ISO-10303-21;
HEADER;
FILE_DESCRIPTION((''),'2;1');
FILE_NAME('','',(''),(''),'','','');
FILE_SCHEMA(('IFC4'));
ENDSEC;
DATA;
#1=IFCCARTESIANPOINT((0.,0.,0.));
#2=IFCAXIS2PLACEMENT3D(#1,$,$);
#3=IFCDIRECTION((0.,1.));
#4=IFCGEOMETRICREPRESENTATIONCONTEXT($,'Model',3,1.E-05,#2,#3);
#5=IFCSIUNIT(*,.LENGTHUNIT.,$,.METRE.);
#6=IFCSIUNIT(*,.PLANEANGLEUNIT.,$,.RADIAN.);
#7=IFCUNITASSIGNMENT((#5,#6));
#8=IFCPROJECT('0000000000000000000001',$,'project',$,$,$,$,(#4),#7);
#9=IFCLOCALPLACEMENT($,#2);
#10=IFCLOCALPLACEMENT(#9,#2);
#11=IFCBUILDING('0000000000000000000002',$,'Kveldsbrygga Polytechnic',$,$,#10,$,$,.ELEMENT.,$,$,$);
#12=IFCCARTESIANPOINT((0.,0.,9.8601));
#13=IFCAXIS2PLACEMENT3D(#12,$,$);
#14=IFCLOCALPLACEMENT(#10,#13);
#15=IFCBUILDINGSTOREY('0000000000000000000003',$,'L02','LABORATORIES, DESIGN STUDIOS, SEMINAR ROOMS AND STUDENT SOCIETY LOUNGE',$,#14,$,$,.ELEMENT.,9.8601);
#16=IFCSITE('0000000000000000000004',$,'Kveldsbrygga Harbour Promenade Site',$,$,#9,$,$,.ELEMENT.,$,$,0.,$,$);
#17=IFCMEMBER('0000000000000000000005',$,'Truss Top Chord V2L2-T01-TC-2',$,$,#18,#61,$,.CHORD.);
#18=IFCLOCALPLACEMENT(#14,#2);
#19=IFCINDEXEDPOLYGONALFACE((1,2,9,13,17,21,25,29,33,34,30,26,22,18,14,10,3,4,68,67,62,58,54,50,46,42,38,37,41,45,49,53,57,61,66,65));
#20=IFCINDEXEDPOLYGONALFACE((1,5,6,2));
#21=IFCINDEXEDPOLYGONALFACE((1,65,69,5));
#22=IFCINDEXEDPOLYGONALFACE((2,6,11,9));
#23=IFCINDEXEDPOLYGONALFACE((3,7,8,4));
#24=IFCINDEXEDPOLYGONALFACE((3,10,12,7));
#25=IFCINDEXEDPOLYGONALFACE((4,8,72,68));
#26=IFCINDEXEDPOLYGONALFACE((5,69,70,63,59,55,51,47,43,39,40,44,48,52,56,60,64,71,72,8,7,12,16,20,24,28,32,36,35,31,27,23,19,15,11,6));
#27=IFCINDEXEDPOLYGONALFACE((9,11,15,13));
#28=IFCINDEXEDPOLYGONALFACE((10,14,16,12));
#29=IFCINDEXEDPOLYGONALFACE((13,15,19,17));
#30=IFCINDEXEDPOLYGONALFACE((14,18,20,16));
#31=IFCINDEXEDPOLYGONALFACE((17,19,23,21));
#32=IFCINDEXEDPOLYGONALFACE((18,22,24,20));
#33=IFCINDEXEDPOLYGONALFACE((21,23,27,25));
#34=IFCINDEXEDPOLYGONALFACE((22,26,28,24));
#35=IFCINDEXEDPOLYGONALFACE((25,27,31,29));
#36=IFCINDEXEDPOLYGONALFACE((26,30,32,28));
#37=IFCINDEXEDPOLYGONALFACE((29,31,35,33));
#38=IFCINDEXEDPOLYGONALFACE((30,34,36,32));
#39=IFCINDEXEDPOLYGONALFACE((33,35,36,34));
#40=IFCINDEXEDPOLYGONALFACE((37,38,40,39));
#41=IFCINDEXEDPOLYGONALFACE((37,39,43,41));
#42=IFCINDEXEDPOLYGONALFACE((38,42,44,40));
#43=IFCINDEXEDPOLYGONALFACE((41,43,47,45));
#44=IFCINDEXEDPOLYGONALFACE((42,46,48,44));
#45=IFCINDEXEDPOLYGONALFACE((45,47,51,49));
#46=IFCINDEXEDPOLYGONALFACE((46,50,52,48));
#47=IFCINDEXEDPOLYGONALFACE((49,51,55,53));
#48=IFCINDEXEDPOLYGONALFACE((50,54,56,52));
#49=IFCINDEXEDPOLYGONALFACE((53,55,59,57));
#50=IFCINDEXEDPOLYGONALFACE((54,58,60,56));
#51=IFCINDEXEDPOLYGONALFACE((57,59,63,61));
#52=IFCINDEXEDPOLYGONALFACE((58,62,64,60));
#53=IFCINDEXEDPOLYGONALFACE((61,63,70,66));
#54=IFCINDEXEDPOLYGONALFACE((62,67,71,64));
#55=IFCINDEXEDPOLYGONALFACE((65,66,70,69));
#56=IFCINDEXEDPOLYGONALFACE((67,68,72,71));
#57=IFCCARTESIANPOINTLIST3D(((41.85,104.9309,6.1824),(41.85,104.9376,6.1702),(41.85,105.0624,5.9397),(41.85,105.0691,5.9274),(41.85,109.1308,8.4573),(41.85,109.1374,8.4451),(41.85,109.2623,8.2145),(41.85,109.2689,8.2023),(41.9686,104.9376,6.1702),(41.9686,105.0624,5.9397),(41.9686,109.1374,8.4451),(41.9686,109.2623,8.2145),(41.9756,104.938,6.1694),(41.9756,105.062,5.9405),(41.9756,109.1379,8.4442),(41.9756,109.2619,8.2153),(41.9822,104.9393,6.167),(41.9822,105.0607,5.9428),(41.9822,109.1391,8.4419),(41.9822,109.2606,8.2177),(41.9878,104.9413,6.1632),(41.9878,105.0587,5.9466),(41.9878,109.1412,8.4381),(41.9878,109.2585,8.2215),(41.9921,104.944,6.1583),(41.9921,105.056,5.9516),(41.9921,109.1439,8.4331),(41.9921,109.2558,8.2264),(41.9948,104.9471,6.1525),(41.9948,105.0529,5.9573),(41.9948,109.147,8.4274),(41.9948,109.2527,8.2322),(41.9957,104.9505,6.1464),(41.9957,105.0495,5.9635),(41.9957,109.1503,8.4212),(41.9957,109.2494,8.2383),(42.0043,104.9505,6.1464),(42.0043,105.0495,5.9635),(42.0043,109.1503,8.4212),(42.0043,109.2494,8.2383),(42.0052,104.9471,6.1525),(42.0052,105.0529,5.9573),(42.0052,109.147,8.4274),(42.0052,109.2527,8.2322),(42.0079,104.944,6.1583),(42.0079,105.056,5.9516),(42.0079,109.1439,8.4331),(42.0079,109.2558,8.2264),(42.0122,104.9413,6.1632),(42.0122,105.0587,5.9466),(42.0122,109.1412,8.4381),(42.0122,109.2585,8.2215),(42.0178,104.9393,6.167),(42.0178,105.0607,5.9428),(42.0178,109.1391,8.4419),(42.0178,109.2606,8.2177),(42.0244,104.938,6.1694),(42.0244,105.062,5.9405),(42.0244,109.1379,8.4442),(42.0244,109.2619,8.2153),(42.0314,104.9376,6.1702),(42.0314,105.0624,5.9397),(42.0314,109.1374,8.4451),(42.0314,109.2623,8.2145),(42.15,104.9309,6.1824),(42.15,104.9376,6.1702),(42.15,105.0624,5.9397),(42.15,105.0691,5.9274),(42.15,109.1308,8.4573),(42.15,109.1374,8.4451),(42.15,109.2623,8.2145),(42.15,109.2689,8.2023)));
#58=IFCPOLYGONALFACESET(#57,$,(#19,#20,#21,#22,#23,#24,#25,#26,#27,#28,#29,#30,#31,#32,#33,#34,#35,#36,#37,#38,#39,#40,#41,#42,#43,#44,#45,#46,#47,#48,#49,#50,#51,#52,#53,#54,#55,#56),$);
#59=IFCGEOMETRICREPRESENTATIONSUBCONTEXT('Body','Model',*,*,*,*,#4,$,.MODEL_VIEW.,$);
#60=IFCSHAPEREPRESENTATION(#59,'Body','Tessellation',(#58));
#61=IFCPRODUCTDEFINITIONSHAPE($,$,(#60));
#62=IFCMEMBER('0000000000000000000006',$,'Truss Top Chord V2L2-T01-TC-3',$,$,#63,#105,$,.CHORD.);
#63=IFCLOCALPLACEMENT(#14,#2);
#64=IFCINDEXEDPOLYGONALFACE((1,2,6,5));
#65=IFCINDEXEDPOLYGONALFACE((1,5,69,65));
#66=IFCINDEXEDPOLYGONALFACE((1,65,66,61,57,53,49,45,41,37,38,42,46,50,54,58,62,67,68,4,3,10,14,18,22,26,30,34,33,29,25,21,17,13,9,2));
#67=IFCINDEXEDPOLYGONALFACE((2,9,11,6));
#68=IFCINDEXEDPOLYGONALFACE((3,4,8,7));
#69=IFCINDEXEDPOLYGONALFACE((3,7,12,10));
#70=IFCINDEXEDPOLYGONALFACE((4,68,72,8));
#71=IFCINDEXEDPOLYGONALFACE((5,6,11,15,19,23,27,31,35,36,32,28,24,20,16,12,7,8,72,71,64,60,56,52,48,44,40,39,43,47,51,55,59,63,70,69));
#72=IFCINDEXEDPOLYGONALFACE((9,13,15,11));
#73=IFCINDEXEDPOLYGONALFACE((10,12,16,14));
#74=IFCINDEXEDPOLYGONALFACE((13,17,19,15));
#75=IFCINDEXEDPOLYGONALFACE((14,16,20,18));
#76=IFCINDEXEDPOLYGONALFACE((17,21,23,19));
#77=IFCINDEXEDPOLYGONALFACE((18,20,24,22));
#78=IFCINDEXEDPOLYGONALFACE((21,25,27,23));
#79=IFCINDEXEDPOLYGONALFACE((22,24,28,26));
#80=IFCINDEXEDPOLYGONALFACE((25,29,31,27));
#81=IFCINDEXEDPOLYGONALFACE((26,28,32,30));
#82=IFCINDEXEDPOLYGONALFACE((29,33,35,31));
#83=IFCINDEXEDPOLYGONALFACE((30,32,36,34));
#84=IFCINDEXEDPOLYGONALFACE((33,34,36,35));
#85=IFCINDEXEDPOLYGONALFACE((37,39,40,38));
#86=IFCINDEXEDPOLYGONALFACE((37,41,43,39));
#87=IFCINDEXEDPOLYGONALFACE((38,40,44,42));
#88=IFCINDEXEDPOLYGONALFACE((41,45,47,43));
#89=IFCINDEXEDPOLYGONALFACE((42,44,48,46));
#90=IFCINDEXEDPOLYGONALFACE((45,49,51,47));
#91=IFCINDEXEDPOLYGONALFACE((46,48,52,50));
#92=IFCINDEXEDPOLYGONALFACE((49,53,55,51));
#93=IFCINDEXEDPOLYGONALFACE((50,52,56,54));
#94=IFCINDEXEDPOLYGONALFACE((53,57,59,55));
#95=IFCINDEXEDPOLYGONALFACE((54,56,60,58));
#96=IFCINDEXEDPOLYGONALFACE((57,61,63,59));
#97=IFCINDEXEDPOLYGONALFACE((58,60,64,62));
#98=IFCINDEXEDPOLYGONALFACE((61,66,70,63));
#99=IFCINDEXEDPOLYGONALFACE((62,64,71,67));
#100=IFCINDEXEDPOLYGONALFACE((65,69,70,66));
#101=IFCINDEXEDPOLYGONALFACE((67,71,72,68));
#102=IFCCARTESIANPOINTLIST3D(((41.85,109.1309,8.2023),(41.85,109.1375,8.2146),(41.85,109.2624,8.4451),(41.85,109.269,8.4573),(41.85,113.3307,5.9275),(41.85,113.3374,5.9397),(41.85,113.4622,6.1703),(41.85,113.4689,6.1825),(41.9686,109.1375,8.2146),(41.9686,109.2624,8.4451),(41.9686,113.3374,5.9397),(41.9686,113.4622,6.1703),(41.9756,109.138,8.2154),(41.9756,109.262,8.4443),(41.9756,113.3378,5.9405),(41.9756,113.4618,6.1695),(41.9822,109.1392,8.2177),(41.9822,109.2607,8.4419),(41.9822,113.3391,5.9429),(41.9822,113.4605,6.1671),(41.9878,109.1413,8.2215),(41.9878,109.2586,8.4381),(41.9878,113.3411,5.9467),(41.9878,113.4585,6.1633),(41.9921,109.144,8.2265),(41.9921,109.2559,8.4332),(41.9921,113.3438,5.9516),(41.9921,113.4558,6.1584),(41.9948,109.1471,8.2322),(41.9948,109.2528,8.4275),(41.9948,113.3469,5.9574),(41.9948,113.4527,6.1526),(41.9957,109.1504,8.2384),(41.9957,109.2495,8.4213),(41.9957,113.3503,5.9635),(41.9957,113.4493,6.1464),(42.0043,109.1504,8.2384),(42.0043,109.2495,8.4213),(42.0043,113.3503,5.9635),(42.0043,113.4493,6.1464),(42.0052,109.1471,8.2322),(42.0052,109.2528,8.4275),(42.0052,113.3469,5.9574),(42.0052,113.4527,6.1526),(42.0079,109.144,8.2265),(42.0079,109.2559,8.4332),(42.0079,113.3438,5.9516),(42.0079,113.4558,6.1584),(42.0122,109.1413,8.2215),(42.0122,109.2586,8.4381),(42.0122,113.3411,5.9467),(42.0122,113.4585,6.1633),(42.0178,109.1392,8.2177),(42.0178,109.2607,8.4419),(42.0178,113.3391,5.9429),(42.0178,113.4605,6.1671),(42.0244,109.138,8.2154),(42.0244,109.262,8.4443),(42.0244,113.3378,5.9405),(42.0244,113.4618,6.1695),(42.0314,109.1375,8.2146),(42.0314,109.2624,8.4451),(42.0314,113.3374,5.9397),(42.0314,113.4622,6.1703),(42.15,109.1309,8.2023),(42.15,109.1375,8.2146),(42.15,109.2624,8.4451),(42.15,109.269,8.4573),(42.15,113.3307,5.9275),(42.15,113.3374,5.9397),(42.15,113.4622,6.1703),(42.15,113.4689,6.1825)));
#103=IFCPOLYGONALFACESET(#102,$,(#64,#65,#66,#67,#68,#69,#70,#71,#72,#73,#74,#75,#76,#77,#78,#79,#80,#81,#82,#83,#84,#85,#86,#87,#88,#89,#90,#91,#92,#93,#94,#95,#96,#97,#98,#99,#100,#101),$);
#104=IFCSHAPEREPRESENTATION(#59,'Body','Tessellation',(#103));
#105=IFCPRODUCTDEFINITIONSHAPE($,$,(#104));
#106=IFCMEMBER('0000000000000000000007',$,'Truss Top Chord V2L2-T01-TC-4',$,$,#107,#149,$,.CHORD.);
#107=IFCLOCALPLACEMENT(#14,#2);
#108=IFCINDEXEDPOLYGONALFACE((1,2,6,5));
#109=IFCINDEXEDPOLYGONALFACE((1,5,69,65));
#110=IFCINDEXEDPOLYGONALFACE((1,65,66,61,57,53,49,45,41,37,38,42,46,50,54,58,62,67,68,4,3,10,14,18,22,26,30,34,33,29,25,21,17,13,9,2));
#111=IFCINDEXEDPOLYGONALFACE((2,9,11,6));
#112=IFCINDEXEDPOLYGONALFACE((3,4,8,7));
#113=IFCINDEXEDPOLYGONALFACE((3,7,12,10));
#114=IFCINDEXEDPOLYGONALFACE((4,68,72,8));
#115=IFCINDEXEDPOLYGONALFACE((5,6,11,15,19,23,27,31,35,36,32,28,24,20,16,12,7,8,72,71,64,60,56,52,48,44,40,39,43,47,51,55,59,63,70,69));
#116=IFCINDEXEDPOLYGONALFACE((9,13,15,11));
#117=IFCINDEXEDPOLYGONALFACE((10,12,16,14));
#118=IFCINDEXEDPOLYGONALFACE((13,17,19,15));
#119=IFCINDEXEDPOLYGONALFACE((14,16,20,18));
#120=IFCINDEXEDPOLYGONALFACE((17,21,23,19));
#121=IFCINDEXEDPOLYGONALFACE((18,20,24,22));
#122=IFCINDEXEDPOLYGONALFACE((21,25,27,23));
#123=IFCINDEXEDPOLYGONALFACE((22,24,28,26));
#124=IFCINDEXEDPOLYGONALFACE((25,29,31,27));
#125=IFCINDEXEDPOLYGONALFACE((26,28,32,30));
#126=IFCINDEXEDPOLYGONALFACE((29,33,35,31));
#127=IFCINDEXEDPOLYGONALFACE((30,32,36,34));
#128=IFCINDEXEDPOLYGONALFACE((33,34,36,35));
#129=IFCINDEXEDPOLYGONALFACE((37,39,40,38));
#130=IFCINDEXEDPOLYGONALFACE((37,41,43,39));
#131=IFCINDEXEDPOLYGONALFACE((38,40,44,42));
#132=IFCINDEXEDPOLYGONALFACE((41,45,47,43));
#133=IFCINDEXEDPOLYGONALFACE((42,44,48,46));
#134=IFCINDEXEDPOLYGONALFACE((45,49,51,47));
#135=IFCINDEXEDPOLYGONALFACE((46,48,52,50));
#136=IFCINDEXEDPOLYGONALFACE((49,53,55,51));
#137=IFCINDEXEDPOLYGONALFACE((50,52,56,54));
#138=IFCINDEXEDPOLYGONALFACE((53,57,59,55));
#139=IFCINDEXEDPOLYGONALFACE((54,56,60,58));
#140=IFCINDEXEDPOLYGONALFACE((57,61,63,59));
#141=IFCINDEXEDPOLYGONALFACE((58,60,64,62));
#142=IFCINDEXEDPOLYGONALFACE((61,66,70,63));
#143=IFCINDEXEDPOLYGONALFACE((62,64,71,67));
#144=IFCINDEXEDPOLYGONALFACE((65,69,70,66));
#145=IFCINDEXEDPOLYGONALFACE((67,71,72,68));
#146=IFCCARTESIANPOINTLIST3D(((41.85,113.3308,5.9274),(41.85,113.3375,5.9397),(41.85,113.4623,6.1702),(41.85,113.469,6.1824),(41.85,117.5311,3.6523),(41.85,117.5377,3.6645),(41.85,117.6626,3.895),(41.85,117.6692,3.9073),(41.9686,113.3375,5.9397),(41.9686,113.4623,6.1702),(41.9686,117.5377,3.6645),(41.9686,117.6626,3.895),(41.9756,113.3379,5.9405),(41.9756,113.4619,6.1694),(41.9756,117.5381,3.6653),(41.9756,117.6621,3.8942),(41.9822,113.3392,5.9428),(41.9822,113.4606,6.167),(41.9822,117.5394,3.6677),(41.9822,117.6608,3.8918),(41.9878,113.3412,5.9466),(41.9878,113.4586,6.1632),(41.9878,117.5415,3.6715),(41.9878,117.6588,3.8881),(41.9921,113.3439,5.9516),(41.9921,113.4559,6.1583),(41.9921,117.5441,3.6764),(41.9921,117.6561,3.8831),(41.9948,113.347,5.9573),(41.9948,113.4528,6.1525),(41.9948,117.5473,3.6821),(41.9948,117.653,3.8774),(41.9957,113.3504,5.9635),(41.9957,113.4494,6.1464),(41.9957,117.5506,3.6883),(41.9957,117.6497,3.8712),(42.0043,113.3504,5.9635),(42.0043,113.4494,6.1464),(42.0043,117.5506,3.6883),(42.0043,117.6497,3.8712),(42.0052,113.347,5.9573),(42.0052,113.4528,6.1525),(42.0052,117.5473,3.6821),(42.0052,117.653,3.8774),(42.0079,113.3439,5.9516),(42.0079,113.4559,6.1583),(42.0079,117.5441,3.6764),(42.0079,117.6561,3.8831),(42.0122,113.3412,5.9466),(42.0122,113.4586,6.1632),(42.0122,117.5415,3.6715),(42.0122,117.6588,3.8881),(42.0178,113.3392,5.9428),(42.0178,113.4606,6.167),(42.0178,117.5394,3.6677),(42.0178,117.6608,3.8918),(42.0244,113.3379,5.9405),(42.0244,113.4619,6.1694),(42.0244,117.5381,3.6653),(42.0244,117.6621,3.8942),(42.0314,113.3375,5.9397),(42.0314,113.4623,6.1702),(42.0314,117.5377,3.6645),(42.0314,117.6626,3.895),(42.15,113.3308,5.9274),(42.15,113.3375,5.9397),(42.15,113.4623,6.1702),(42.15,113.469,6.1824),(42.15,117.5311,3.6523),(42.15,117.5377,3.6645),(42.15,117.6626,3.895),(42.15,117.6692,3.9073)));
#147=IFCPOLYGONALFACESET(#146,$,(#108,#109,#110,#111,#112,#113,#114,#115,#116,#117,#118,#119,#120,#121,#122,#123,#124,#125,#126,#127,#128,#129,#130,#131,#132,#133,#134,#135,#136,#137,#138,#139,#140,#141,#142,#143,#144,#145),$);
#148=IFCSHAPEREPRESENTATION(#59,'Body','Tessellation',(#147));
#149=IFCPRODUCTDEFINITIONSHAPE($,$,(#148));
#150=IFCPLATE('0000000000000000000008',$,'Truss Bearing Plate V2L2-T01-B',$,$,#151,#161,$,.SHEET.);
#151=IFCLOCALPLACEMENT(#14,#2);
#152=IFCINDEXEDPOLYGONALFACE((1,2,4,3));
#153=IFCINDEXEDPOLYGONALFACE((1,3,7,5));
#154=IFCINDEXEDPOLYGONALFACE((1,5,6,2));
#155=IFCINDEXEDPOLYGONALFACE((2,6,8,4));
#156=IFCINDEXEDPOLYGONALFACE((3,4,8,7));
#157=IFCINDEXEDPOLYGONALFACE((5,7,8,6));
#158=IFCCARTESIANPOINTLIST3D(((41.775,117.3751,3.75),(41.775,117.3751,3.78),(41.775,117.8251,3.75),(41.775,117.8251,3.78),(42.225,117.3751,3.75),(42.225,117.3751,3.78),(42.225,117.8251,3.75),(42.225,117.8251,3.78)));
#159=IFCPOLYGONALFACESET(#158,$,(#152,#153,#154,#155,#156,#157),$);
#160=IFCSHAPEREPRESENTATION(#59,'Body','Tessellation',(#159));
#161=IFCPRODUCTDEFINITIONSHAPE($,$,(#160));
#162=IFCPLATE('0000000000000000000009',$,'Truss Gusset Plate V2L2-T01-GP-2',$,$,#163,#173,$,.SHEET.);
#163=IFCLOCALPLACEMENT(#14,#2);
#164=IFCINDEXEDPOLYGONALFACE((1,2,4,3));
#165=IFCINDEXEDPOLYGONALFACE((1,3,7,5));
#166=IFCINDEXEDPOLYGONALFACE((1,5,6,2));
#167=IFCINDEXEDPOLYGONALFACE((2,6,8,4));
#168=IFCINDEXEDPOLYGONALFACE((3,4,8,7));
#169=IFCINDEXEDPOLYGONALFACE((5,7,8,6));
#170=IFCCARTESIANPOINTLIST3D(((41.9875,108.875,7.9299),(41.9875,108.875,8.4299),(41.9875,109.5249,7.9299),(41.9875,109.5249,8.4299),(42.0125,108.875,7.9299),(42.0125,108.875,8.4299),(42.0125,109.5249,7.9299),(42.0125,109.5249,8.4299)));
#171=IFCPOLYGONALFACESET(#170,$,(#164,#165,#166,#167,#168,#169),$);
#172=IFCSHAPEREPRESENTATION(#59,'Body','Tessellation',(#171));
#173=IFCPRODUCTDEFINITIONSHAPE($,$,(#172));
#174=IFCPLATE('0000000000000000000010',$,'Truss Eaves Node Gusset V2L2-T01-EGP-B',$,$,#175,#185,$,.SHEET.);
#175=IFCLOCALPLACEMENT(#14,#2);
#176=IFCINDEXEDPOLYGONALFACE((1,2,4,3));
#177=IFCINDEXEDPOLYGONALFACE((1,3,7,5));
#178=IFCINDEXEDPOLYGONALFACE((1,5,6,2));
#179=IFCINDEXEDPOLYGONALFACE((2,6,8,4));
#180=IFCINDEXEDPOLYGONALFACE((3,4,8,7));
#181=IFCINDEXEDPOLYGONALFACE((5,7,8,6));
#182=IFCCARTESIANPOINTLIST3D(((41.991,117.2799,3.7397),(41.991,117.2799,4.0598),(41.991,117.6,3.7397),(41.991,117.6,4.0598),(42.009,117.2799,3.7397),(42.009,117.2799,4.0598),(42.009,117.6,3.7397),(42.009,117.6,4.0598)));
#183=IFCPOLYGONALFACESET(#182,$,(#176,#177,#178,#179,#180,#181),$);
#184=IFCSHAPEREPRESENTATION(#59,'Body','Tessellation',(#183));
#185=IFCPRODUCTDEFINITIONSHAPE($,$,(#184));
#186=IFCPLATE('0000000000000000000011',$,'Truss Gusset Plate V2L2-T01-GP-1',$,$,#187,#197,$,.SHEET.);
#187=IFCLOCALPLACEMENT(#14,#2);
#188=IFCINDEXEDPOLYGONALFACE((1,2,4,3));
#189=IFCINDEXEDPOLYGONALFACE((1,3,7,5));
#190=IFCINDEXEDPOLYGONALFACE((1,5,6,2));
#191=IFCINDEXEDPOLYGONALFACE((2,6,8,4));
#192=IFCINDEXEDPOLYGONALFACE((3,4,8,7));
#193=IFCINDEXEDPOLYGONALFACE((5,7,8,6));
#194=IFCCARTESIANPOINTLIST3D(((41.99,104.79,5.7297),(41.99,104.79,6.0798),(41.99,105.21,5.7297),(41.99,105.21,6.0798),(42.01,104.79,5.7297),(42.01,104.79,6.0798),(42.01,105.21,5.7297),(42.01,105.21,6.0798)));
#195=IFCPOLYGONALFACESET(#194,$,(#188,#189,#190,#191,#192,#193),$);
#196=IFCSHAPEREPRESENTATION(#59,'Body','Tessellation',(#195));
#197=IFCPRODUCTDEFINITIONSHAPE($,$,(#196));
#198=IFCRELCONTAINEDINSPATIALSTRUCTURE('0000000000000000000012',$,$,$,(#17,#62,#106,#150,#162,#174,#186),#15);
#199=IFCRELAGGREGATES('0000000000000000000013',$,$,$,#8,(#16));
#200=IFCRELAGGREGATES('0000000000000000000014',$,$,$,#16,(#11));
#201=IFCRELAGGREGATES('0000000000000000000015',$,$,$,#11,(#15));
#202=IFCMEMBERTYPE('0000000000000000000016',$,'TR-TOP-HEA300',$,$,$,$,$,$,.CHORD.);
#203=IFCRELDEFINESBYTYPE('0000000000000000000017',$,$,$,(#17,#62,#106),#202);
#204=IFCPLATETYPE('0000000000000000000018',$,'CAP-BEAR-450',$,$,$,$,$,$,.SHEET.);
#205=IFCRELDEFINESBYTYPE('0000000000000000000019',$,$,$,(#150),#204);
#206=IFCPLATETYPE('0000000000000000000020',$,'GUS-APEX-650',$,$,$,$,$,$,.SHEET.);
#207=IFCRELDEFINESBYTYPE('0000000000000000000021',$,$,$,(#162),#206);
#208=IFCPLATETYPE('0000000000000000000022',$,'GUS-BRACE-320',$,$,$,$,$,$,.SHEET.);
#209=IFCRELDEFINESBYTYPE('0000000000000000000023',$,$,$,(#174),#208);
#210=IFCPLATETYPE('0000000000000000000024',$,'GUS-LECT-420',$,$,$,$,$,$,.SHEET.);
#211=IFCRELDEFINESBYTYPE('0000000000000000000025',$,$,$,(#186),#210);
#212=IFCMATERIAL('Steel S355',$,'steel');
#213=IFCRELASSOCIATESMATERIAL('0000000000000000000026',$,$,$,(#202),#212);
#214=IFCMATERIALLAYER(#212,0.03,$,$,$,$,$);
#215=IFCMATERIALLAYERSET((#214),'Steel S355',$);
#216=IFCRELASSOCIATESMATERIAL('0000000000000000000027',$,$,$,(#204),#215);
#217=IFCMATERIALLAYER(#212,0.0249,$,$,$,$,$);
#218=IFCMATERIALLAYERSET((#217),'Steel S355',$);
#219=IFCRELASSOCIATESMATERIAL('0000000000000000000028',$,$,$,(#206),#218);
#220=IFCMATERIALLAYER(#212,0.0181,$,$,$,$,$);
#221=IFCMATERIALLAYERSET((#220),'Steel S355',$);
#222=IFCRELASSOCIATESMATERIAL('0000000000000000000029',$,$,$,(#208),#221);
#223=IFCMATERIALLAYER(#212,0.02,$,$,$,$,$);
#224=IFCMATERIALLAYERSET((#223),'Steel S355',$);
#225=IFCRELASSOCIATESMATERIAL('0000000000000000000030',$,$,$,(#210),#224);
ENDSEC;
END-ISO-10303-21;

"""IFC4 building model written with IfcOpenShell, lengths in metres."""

from ifc_helpers import new_model, si_unit, direction, frame, origin, origin_2d, place, context, subcontext, project, spatial, rectangle, i_section, extrude, material, layer, layer_set, material_profile, profile_set, type_object, element, save


model = new_model("IFC4")

# Units and contexts
model_context = context("Model", 3, precision=1e-05, world=origin(), true_north=direction((0.0, 1.0)))
body_context = subcontext(model_context, "Body", "Model", "MODEL_VIEW")
ifc_project = project(units=[si_unit("LENGTHUNIT", "METRE"), si_unit("PLANEANGLEUNIT", "RADIAN")], contexts=[model_context])

# Site, building, storey
site_placement = place(None, origin())
site = spatial("IfcSite", under=ifc_project, at=site_placement, Name="Kveldsbrygga Harbour Promenade Site", CompositionType="ELEMENT", RefElevation=0.0)
building_placement = place(site_placement, origin())
building = spatial("IfcBuilding", under=site, at=building_placement, Name="Kveldsbrygga Polytechnic", CompositionType="ELEMENT")
storey_placement = place(building_placement, frame((0.0, 0.0, 9.8601)))
storey = spatial("IfcBuildingStorey", under=building, at=storey_placement, Name="L02", Description="LABORATORIES, DESIGN STUDIOS, SEMINAR ROOMS AND STUDENT SOCIETY LOUNGE", CompositionType="ELEMENT", Elevation=9.8601)

# Members
ifc_material_1 = material(Name="Steel S355", Category="steel")
ifc_material_profile_1 = material_profile(ifc_material_1, i_section(OverallWidth=0.3, OverallDepth=0.29, WebThickness=0.0085, FlangeThickness=0.0139, FilletRadius=0.0271, at=origin_2d()), Name="HEA 300")
ifc_profile_set_1 = profile_set([ifc_material_profile_1], Name="Steel S355")
member_type_1 = type_object("IfcMemberType", Name="TR-TOP-HEA300", PredefinedType="CHORD", material=ifc_profile_set_1)
for number, where, z_axis, x_axis, name in (
    (1, (42.0, 105.0, 6.0549), (0.0, 0.879298, 0.476272), (-1.0, 0.0, 0.0), "Truss Top Chord V2L2-T01-TC-2"),
    (2, (42.0, 109.2, 8.3298), (0.0, 0.879298, -0.476272), (-1.0, 0.0, 0.0), "Truss Top Chord V2L2-T01-TC-3"),
):
    element("IfcMember", number, at=place(storey_placement, frame(where, z_axis=z_axis, x_axis=x_axis)), inside=storey, type_object=member_type_1, Name=name, PredefinedType="CHORD", context=body_context, shape_type="SweptSolid", body=[
        extrude(i_section(OverallWidth=0.3, OverallDepth=0.29, WebThickness=0.0085, FlangeThickness=0.0139, FilletRadius=0.0271, at=origin_2d()), origin(), (0.0, 0.0, 1.0), 4.7764),
    ])
member_1_placement = place(storey_placement, frame((42.0, 113.3999, 6.0549), z_axis=(0.0, 0.879288, -0.47629), x_axis=(-1.0, 0.0, 0.0)))
element("IfcMember", 3, at=member_1_placement, inside=storey, type_object=member_type_1, Name="Truss Top Chord V2L2-T01-TC-4", PredefinedType="CHORD", context=body_context, shape_type="SweptSolid", body=[
    extrude(i_section(OverallWidth=0.3, OverallDepth=0.29, WebThickness=0.0085, FlangeThickness=0.0139, FilletRadius=0.0271, at=origin_2d()), origin(), (0.0, 0.0, 1.0), 4.7769),
])

# Plates
ifc_layer_1 = layer(ifc_material_1, 0.03)
ifc_layer_set_1 = layer_set([ifc_layer_1], Name="Steel S355")
plate_type_1 = type_object("IfcPlateType", Name="CAP-BEAR-450", PredefinedType="SHEET", material=ifc_layer_set_1)
plate_1_placement = place(storey_placement, frame((42.0, 117.6001, 3.75), z_axis=(0.0, 0.0, 1.0), x_axis=(1.0, 0.0, 0.0)))
element("IfcPlate", 4, at=plate_1_placement, inside=storey, type_object=plate_type_1, Name="Truss Bearing Plate V2L2-T01-B", PredefinedType="SHEET", context=body_context, shape_type="SweptSolid", body=[
    extrude(rectangle(XDim=0.45, YDim=0.45, at=origin_2d()), origin(), (0.0, 0.0, 1.0), 0.03),
])
ifc_layer_2 = layer(ifc_material_1, 0.0249)
ifc_layer_set_2 = layer_set([ifc_layer_2], Name="Steel S355")
plate_type_2 = type_object("IfcPlateType", Name="GUS-APEX-650", PredefinedType="SHEET", material=ifc_layer_set_2)
plate_2_placement = place(storey_placement, frame((42.0, 109.2, 7.9299), z_axis=(0.0, 0.0, 1.0), x_axis=(1.0, 0.0, 0.0)))
element("IfcPlate", 5, at=plate_2_placement, inside=storey, type_object=plate_type_2, Name="Truss Gusset Plate V2L2-T01-GP-2", PredefinedType="SHEET", context=body_context, shape_type="SweptSolid", body=[
    extrude(rectangle(XDim=0.0249, YDim=0.6499, at=origin_2d()), origin(), (0.0, 0.0, 1.0), 0.5),
])
ifc_layer_3 = layer(ifc_material_1, 0.0181)
ifc_layer_set_3 = layer_set([ifc_layer_3], Name="Steel S355")
plate_type_3 = type_object("IfcPlateType", Name="GUS-BRACE-320", PredefinedType="SHEET", material=ifc_layer_set_3)
plate_3_placement = place(storey_placement, frame((42.0, 117.4399, 3.7397), z_axis=(0.0, 0.0, 1.0), x_axis=(1.0, 0.0, 0.0)))
element("IfcPlate", 6, at=plate_3_placement, inside=storey, type_object=plate_type_3, Name="Truss Eaves Node Gusset V2L2-T01-EGP-B", PredefinedType="SHEET", context=body_context, shape_type="SweptSolid", body=[
    extrude(rectangle(XDim=0.0181, YDim=0.3201, at=origin_2d()), origin(), (0.0, 0.0, 1.0), 0.3201),
])
ifc_layer_4 = layer(ifc_material_1, 0.02)
ifc_layer_set_4 = layer_set([ifc_layer_4], Name="Steel S355")
plate_type_4 = type_object("IfcPlateType", Name="GUS-LECT-420", PredefinedType="SHEET", material=ifc_layer_set_4)
for number, where, z_axis, x_axis, name in (
    (7, (42.0, 105.0, 5.7297), (0.0, 0.0, 1.0), (1.0, 0.0, 0.0), "Truss Gusset Plate V2L2-T01-GP-1"),
):
    element("IfcPlate", number, at=place(storey_placement, frame(where, z_axis=z_axis, x_axis=x_axis)), inside=storey, type_object=plate_type_4, Name=name, PredefinedType="SHEET", context=body_context, shape_type="SweptSolid", body=[
        extrude(rectangle(XDim=0.02, YDim=0.4199, at=origin_2d()), origin(), (0.0, 0.0, 1.0), 0.3501),
    ])

save(model, "model.ifc")
